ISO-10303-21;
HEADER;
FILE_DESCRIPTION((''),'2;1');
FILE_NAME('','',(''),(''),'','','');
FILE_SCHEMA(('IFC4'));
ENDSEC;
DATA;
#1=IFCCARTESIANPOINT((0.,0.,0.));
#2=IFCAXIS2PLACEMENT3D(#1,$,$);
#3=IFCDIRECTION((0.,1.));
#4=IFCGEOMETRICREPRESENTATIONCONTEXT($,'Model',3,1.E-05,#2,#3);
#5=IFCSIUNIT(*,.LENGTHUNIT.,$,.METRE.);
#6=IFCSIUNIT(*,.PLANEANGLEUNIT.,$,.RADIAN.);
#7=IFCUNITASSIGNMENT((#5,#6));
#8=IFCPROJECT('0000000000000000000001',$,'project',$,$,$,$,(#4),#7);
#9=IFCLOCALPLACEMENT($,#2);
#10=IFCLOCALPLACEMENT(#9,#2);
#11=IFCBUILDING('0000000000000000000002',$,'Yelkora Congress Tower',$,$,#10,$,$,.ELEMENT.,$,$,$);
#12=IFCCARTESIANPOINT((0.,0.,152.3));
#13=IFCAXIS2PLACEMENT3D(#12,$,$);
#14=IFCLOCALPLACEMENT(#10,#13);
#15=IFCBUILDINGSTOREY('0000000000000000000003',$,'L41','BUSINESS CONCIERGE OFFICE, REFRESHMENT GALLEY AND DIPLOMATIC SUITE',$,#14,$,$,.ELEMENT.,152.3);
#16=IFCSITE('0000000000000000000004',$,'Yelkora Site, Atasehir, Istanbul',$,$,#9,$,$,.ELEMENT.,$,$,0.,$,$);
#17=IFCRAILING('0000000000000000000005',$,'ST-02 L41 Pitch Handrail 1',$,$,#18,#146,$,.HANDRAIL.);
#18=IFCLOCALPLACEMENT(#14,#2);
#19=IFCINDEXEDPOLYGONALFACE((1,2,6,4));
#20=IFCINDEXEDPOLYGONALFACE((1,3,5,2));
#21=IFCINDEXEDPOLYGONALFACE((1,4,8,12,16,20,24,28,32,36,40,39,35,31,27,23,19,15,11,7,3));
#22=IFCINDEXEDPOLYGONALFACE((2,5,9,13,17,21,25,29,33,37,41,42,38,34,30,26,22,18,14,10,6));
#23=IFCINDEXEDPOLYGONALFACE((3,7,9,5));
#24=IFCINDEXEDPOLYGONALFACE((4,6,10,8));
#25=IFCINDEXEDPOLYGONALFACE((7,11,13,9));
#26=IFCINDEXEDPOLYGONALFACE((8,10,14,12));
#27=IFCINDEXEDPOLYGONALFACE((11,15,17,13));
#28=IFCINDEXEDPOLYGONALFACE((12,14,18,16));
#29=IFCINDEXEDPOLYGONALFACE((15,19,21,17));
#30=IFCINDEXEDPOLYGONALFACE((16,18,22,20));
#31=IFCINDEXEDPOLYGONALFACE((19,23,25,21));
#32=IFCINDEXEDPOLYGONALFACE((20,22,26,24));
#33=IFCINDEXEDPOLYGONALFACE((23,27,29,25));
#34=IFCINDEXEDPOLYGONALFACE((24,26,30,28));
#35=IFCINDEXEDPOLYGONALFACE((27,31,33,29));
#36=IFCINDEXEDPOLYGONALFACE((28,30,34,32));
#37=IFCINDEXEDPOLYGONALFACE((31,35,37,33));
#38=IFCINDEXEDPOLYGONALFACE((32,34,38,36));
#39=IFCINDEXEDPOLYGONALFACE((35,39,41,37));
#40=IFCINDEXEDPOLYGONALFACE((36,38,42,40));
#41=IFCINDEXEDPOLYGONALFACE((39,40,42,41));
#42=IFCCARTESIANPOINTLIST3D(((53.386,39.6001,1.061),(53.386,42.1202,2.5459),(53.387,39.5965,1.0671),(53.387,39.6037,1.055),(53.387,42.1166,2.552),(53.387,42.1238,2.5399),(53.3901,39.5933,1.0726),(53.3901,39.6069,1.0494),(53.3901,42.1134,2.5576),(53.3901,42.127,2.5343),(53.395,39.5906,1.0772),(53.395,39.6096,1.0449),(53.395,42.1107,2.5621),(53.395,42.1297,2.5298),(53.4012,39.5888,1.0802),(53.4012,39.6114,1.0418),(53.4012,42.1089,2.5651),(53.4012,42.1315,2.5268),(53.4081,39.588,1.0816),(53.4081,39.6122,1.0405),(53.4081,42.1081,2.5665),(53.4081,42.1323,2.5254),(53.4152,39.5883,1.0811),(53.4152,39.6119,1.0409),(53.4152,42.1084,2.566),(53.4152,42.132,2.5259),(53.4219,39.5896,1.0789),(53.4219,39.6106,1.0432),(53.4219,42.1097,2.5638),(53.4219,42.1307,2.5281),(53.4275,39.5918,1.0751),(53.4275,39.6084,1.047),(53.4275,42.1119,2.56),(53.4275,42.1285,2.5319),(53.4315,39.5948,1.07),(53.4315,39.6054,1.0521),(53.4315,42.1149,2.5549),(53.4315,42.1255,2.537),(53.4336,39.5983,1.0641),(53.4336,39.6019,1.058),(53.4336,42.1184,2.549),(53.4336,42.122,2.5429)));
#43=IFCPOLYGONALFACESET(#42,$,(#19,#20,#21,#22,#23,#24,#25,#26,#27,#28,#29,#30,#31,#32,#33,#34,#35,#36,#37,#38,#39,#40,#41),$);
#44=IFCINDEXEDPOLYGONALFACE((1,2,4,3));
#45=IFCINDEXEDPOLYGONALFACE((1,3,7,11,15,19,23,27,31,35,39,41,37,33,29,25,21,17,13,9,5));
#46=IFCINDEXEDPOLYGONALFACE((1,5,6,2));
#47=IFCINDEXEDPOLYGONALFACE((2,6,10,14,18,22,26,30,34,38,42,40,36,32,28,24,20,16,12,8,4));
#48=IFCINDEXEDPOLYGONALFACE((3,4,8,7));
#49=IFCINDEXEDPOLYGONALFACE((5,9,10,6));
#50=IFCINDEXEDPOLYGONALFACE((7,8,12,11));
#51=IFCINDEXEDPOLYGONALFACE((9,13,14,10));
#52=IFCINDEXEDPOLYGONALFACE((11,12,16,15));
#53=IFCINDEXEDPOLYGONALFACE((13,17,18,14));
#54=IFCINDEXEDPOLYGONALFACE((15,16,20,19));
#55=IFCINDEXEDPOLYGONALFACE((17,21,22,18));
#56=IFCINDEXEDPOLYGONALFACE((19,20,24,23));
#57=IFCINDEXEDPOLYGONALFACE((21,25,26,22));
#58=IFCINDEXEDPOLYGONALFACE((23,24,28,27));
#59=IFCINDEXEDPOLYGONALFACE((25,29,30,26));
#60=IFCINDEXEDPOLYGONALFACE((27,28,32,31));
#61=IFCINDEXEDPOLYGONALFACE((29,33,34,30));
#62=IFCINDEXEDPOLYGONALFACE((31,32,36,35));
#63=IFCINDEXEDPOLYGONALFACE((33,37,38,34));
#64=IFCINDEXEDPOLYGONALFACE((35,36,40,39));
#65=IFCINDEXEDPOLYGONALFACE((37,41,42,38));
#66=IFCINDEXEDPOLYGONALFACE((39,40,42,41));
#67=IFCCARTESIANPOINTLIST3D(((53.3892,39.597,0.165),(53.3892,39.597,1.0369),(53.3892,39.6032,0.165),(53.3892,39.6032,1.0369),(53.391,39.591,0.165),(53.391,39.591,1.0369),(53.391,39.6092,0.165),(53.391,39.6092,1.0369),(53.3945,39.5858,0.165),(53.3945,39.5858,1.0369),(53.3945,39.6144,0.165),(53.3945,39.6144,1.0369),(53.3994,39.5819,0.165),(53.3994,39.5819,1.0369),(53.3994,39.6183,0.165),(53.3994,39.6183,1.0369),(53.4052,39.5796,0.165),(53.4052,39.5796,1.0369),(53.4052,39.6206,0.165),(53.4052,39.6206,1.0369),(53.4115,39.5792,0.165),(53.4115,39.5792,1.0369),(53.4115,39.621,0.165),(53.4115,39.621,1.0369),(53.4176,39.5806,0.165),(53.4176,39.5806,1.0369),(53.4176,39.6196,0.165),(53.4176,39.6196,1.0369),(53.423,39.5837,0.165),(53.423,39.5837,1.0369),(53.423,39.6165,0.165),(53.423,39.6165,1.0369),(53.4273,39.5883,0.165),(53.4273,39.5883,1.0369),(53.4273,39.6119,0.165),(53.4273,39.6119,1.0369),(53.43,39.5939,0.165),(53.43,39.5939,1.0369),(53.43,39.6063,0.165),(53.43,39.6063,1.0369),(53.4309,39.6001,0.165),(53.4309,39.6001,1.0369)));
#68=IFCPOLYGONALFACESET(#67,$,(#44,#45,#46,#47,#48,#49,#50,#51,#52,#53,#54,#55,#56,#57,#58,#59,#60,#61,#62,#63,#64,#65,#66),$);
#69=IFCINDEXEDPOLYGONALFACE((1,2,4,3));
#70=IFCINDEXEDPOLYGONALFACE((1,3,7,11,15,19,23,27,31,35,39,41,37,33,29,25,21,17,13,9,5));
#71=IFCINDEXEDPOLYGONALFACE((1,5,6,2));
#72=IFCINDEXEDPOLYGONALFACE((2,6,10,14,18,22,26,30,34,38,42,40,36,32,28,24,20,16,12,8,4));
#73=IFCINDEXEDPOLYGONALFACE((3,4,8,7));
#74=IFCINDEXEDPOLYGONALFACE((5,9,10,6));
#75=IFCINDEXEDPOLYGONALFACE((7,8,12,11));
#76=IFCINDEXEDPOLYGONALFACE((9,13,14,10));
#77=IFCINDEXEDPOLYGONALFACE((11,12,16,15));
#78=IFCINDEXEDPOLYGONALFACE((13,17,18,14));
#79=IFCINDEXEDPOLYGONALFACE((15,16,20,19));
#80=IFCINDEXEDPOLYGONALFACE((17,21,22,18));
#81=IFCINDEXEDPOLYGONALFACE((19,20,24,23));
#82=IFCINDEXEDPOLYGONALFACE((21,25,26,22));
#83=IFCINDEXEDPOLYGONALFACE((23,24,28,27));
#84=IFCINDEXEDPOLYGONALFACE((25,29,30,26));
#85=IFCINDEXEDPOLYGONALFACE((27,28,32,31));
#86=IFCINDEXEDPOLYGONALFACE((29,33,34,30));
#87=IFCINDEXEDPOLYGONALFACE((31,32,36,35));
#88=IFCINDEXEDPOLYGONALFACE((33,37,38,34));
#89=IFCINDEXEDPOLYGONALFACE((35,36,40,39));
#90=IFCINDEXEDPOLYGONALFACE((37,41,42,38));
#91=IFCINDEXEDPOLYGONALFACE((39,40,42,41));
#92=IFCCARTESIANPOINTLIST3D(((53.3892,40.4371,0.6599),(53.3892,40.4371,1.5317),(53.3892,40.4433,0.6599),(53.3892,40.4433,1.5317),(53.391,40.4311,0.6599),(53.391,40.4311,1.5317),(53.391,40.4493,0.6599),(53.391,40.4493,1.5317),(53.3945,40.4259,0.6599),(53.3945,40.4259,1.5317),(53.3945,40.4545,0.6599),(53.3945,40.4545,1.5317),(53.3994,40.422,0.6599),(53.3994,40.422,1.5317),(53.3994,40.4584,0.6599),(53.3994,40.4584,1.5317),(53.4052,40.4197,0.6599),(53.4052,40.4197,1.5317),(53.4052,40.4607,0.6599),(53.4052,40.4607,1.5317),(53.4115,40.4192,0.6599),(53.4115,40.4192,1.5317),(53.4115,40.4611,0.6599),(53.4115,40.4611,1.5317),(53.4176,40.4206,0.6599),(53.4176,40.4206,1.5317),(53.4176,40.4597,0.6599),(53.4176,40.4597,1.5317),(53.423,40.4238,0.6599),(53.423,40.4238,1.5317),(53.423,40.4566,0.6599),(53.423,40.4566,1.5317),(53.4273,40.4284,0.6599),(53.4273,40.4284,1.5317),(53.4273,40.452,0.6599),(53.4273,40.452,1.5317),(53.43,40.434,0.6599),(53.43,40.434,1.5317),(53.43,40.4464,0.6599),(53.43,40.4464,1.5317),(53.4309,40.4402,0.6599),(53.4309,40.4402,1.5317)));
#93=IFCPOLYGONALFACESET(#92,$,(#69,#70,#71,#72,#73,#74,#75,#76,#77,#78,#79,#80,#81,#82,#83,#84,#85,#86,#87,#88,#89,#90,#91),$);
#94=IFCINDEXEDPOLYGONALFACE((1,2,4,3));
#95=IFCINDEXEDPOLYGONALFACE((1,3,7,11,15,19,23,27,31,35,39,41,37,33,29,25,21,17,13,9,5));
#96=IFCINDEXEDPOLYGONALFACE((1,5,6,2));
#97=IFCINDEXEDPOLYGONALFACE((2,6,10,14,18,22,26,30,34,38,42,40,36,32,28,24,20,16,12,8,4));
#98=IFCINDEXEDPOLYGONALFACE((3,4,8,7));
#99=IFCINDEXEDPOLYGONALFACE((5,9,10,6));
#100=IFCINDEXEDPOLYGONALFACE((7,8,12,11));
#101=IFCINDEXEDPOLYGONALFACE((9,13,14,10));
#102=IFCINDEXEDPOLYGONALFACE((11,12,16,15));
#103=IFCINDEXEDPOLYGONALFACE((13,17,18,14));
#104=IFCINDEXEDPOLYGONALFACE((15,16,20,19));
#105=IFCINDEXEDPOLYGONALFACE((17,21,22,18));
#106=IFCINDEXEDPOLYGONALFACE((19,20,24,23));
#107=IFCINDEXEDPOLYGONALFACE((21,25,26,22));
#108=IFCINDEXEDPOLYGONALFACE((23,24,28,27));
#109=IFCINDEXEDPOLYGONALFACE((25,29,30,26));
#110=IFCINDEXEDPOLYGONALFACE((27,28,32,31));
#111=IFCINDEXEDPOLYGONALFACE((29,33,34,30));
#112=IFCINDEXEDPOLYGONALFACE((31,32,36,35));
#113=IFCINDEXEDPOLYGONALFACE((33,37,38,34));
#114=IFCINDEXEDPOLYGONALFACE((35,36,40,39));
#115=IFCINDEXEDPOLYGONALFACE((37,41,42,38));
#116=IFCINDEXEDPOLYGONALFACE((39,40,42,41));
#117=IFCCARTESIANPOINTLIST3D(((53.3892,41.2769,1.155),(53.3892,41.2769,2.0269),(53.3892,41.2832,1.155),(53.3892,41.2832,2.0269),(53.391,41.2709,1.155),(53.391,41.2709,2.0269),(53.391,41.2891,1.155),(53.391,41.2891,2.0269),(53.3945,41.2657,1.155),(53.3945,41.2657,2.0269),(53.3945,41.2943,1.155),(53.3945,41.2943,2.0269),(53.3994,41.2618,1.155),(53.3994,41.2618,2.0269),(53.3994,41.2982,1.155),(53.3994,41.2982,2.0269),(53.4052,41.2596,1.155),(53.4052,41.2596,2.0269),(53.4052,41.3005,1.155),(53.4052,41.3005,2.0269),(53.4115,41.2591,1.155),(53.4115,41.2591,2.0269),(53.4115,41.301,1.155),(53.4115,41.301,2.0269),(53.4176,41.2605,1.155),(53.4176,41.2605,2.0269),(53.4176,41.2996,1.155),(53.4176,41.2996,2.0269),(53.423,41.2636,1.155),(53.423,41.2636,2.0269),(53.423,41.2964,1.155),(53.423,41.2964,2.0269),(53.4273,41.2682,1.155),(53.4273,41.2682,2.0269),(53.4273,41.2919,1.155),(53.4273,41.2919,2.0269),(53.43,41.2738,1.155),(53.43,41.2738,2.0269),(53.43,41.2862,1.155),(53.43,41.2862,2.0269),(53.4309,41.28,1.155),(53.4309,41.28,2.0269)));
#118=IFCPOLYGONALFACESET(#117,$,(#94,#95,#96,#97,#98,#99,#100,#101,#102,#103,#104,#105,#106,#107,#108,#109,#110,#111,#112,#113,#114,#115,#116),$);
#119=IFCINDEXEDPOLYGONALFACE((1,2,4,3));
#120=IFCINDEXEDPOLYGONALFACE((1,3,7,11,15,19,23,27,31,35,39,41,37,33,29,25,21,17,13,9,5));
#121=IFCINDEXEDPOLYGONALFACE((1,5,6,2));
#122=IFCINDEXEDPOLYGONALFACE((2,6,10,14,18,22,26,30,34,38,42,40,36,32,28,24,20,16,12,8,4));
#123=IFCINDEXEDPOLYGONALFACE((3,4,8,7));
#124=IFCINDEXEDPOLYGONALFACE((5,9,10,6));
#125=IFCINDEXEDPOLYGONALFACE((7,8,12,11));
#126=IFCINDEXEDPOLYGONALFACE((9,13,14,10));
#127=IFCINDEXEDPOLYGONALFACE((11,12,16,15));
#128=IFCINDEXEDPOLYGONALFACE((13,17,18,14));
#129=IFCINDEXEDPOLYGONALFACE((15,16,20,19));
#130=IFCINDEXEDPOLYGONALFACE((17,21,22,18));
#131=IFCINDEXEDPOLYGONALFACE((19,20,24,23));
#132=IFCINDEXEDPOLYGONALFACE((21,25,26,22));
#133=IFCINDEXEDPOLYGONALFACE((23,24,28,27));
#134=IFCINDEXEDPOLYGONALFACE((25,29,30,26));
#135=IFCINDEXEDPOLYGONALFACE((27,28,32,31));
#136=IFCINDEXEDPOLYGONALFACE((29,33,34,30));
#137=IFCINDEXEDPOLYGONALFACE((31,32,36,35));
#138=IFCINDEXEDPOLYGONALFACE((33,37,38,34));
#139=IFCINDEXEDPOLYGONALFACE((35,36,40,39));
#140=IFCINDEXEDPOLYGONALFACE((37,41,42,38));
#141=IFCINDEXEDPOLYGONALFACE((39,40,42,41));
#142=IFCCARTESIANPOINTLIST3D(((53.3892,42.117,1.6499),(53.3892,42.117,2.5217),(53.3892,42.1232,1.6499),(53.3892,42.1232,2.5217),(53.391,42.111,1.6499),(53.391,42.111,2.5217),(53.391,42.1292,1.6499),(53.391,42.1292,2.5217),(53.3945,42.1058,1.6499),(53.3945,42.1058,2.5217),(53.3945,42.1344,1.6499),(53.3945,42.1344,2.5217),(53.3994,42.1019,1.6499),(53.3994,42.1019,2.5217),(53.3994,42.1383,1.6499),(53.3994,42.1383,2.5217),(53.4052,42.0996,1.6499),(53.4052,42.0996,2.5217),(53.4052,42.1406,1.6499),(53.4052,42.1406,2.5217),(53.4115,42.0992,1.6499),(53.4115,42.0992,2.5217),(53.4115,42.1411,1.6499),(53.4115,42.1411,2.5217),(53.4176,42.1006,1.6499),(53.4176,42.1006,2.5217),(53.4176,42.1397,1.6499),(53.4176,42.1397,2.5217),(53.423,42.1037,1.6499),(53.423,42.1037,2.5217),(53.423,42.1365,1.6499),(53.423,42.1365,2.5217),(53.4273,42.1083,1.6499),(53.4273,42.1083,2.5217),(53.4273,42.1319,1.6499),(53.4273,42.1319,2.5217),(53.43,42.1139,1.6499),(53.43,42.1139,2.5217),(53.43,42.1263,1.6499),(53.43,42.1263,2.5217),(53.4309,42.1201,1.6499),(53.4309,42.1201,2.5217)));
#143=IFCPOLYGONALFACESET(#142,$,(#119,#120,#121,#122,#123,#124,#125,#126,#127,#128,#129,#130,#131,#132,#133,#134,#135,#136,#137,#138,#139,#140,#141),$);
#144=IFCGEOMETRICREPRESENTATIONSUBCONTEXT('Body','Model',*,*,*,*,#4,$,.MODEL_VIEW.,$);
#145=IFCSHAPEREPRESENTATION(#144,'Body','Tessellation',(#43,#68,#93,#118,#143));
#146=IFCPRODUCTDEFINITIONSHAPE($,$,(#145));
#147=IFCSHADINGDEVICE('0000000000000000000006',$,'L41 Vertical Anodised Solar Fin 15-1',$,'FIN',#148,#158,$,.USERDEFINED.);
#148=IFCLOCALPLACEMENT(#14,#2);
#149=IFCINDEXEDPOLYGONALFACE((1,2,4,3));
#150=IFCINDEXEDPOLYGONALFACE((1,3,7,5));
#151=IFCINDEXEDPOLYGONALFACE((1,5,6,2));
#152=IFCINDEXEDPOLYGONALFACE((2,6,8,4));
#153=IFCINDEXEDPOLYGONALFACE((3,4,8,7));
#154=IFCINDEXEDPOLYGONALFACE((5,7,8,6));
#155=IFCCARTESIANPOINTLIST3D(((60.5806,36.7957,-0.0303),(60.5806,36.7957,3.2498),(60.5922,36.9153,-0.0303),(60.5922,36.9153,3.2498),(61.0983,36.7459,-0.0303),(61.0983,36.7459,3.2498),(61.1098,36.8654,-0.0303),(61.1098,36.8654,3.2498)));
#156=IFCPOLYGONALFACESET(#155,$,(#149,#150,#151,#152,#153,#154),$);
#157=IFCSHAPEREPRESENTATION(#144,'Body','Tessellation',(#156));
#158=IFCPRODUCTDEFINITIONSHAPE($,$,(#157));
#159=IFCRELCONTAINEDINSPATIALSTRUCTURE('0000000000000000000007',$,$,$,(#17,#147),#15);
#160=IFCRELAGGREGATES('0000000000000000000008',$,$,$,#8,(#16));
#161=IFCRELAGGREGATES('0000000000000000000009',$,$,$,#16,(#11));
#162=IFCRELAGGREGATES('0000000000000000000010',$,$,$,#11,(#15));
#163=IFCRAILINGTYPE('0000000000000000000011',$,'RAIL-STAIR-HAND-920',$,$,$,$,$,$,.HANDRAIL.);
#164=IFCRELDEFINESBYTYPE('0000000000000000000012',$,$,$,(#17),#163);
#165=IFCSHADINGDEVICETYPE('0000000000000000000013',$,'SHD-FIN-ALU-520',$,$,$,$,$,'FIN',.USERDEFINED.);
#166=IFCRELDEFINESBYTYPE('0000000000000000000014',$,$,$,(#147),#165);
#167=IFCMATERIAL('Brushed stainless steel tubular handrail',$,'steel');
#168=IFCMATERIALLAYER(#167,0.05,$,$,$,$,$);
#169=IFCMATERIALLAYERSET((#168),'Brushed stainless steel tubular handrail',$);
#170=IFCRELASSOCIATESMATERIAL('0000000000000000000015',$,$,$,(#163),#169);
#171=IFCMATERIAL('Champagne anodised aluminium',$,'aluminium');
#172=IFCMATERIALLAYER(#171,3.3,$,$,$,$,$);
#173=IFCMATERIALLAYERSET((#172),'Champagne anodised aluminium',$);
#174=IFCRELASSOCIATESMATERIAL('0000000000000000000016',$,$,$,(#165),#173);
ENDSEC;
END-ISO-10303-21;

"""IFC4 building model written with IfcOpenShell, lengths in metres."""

from ifc_helpers import new_model, si_unit, direction, frame, origin, origin_2d, place, context, subcontext, project, spatial, rectangle, circle, extrude, material, layer, layer_set, type_object, element, save


model = new_model("IFC4")

# Units and contexts
model_context = context("Model", 3, precision=1e-05, world=origin(), true_north=direction((0.0, 1.0)))
body_context = subcontext(model_context, "Body", "Model", "MODEL_VIEW")
ifc_project = project(units=[si_unit("LENGTHUNIT", "METRE"), si_unit("PLANEANGLEUNIT", "RADIAN")], contexts=[model_context])

# Site, building, storey
site_placement = place(None, origin())
site = spatial("IfcSite", under=ifc_project, at=site_placement, Name="Yelkora Site, Atasehir, Istanbul", CompositionType="ELEMENT", RefElevation=0.0)
building_placement = place(site_placement, origin())
building = spatial("IfcBuilding", under=site, at=building_placement, Name="Yelkora Congress Tower", CompositionType="ELEMENT")
storey_placement = place(building_placement, frame((0.0, 0.0, 152.3)))
storey = spatial("IfcBuildingStorey", under=building, at=storey_placement, Name="L41", Description="BUSINESS CONCIERGE OFFICE, REFRESHMENT GALLEY AND DIPLOMATIC SUITE", CompositionType="ELEMENT", Elevation=152.3)

# Railing
ifc_material_1 = material(Name="Brushed stainless steel tubular handrail", Category="steel")
ifc_layer_1 = layer(ifc_material_1, 0.05)
ifc_layer_set_1 = layer_set([ifc_layer_1], Name="Brushed stainless steel tubular handrail")
railing_type_1 = type_object("IfcRailingType", Name="RAIL-STAIR-HAND-920", PredefinedType="HANDRAIL", material=ifc_layer_set_1)
railing_1_placement = place(storey_placement, frame((53.4099, 39.6001, 0.165)))
element("IfcRailing", 1, at=railing_1_placement, inside=storey, type_object=railing_type_1, Name="ST-02 L41 Pitch Handrail 1", PredefinedType="HANDRAIL", context=body_context, shape_type="SweptSolid", body=[
    extrude(circle(Radius=0.0239, at=origin_2d()), frame((0.0, 0.0, 0.896), z_axis=(0.0, 0.861561, 0.507655), x_axis=(-1.0, 0.0, 0.0)), (0.0, 0.0, 1.0), 2.925),
    extrude(circle(Radius=0.021, at=origin_2d()), origin(), (0.0, 0.0, 1.0), 0.8718),
    extrude(circle(Radius=0.021, at=origin_2d()), frame((0.0, 0.8401, 0.4949)), (0.0, 0.0, 1.0), 0.8718),
    extrude(circle(Radius=0.021, at=origin_2d()), frame((0.0, 1.6799, 0.99)), (0.0, 0.0, 1.0), 0.8718),
    extrude(circle(Radius=0.021, at=origin_2d()), frame((0.0, 2.52, 1.4849)), (0.0, 0.0, 1.0), 0.8718),
])

# Shading device
ifc_material_2 = material(Name="Champagne anodised aluminium", Category="aluminium")
ifc_layer_2 = layer(ifc_material_2, 3.3)
ifc_layer_set_2 = layer_set([ifc_layer_2], Name="Champagne anodised aluminium")
shading_device_type = type_object("IfcShadingDeviceType", Name="SHD-FIN-ALU-520", ElementType="FIN", PredefinedType="USERDEFINED", material=ifc_layer_set_2)
shading_device_placement = place(storey_placement, frame((60.8452, 36.8306, -0.0303), z_axis=(0.0, 0.0, 1.0), x_axis=(-0.095846, -0.995396, 0.0)))
element("IfcShadingDevice", 2, at=shading_device_placement, inside=storey, type_object=shading_device_type, Name="L41 Vertical Anodised Solar Fin 15-1", ObjectType="FIN", PredefinedType="USERDEFINED", context=body_context, shape_type="SweptSolid", body=[
    extrude(rectangle(XDim=0.1201, YDim=0.52, at=origin_2d()), origin(), (0.0, 0.0, 1.0), 3.28),
])

save(model, "model.ifc")
